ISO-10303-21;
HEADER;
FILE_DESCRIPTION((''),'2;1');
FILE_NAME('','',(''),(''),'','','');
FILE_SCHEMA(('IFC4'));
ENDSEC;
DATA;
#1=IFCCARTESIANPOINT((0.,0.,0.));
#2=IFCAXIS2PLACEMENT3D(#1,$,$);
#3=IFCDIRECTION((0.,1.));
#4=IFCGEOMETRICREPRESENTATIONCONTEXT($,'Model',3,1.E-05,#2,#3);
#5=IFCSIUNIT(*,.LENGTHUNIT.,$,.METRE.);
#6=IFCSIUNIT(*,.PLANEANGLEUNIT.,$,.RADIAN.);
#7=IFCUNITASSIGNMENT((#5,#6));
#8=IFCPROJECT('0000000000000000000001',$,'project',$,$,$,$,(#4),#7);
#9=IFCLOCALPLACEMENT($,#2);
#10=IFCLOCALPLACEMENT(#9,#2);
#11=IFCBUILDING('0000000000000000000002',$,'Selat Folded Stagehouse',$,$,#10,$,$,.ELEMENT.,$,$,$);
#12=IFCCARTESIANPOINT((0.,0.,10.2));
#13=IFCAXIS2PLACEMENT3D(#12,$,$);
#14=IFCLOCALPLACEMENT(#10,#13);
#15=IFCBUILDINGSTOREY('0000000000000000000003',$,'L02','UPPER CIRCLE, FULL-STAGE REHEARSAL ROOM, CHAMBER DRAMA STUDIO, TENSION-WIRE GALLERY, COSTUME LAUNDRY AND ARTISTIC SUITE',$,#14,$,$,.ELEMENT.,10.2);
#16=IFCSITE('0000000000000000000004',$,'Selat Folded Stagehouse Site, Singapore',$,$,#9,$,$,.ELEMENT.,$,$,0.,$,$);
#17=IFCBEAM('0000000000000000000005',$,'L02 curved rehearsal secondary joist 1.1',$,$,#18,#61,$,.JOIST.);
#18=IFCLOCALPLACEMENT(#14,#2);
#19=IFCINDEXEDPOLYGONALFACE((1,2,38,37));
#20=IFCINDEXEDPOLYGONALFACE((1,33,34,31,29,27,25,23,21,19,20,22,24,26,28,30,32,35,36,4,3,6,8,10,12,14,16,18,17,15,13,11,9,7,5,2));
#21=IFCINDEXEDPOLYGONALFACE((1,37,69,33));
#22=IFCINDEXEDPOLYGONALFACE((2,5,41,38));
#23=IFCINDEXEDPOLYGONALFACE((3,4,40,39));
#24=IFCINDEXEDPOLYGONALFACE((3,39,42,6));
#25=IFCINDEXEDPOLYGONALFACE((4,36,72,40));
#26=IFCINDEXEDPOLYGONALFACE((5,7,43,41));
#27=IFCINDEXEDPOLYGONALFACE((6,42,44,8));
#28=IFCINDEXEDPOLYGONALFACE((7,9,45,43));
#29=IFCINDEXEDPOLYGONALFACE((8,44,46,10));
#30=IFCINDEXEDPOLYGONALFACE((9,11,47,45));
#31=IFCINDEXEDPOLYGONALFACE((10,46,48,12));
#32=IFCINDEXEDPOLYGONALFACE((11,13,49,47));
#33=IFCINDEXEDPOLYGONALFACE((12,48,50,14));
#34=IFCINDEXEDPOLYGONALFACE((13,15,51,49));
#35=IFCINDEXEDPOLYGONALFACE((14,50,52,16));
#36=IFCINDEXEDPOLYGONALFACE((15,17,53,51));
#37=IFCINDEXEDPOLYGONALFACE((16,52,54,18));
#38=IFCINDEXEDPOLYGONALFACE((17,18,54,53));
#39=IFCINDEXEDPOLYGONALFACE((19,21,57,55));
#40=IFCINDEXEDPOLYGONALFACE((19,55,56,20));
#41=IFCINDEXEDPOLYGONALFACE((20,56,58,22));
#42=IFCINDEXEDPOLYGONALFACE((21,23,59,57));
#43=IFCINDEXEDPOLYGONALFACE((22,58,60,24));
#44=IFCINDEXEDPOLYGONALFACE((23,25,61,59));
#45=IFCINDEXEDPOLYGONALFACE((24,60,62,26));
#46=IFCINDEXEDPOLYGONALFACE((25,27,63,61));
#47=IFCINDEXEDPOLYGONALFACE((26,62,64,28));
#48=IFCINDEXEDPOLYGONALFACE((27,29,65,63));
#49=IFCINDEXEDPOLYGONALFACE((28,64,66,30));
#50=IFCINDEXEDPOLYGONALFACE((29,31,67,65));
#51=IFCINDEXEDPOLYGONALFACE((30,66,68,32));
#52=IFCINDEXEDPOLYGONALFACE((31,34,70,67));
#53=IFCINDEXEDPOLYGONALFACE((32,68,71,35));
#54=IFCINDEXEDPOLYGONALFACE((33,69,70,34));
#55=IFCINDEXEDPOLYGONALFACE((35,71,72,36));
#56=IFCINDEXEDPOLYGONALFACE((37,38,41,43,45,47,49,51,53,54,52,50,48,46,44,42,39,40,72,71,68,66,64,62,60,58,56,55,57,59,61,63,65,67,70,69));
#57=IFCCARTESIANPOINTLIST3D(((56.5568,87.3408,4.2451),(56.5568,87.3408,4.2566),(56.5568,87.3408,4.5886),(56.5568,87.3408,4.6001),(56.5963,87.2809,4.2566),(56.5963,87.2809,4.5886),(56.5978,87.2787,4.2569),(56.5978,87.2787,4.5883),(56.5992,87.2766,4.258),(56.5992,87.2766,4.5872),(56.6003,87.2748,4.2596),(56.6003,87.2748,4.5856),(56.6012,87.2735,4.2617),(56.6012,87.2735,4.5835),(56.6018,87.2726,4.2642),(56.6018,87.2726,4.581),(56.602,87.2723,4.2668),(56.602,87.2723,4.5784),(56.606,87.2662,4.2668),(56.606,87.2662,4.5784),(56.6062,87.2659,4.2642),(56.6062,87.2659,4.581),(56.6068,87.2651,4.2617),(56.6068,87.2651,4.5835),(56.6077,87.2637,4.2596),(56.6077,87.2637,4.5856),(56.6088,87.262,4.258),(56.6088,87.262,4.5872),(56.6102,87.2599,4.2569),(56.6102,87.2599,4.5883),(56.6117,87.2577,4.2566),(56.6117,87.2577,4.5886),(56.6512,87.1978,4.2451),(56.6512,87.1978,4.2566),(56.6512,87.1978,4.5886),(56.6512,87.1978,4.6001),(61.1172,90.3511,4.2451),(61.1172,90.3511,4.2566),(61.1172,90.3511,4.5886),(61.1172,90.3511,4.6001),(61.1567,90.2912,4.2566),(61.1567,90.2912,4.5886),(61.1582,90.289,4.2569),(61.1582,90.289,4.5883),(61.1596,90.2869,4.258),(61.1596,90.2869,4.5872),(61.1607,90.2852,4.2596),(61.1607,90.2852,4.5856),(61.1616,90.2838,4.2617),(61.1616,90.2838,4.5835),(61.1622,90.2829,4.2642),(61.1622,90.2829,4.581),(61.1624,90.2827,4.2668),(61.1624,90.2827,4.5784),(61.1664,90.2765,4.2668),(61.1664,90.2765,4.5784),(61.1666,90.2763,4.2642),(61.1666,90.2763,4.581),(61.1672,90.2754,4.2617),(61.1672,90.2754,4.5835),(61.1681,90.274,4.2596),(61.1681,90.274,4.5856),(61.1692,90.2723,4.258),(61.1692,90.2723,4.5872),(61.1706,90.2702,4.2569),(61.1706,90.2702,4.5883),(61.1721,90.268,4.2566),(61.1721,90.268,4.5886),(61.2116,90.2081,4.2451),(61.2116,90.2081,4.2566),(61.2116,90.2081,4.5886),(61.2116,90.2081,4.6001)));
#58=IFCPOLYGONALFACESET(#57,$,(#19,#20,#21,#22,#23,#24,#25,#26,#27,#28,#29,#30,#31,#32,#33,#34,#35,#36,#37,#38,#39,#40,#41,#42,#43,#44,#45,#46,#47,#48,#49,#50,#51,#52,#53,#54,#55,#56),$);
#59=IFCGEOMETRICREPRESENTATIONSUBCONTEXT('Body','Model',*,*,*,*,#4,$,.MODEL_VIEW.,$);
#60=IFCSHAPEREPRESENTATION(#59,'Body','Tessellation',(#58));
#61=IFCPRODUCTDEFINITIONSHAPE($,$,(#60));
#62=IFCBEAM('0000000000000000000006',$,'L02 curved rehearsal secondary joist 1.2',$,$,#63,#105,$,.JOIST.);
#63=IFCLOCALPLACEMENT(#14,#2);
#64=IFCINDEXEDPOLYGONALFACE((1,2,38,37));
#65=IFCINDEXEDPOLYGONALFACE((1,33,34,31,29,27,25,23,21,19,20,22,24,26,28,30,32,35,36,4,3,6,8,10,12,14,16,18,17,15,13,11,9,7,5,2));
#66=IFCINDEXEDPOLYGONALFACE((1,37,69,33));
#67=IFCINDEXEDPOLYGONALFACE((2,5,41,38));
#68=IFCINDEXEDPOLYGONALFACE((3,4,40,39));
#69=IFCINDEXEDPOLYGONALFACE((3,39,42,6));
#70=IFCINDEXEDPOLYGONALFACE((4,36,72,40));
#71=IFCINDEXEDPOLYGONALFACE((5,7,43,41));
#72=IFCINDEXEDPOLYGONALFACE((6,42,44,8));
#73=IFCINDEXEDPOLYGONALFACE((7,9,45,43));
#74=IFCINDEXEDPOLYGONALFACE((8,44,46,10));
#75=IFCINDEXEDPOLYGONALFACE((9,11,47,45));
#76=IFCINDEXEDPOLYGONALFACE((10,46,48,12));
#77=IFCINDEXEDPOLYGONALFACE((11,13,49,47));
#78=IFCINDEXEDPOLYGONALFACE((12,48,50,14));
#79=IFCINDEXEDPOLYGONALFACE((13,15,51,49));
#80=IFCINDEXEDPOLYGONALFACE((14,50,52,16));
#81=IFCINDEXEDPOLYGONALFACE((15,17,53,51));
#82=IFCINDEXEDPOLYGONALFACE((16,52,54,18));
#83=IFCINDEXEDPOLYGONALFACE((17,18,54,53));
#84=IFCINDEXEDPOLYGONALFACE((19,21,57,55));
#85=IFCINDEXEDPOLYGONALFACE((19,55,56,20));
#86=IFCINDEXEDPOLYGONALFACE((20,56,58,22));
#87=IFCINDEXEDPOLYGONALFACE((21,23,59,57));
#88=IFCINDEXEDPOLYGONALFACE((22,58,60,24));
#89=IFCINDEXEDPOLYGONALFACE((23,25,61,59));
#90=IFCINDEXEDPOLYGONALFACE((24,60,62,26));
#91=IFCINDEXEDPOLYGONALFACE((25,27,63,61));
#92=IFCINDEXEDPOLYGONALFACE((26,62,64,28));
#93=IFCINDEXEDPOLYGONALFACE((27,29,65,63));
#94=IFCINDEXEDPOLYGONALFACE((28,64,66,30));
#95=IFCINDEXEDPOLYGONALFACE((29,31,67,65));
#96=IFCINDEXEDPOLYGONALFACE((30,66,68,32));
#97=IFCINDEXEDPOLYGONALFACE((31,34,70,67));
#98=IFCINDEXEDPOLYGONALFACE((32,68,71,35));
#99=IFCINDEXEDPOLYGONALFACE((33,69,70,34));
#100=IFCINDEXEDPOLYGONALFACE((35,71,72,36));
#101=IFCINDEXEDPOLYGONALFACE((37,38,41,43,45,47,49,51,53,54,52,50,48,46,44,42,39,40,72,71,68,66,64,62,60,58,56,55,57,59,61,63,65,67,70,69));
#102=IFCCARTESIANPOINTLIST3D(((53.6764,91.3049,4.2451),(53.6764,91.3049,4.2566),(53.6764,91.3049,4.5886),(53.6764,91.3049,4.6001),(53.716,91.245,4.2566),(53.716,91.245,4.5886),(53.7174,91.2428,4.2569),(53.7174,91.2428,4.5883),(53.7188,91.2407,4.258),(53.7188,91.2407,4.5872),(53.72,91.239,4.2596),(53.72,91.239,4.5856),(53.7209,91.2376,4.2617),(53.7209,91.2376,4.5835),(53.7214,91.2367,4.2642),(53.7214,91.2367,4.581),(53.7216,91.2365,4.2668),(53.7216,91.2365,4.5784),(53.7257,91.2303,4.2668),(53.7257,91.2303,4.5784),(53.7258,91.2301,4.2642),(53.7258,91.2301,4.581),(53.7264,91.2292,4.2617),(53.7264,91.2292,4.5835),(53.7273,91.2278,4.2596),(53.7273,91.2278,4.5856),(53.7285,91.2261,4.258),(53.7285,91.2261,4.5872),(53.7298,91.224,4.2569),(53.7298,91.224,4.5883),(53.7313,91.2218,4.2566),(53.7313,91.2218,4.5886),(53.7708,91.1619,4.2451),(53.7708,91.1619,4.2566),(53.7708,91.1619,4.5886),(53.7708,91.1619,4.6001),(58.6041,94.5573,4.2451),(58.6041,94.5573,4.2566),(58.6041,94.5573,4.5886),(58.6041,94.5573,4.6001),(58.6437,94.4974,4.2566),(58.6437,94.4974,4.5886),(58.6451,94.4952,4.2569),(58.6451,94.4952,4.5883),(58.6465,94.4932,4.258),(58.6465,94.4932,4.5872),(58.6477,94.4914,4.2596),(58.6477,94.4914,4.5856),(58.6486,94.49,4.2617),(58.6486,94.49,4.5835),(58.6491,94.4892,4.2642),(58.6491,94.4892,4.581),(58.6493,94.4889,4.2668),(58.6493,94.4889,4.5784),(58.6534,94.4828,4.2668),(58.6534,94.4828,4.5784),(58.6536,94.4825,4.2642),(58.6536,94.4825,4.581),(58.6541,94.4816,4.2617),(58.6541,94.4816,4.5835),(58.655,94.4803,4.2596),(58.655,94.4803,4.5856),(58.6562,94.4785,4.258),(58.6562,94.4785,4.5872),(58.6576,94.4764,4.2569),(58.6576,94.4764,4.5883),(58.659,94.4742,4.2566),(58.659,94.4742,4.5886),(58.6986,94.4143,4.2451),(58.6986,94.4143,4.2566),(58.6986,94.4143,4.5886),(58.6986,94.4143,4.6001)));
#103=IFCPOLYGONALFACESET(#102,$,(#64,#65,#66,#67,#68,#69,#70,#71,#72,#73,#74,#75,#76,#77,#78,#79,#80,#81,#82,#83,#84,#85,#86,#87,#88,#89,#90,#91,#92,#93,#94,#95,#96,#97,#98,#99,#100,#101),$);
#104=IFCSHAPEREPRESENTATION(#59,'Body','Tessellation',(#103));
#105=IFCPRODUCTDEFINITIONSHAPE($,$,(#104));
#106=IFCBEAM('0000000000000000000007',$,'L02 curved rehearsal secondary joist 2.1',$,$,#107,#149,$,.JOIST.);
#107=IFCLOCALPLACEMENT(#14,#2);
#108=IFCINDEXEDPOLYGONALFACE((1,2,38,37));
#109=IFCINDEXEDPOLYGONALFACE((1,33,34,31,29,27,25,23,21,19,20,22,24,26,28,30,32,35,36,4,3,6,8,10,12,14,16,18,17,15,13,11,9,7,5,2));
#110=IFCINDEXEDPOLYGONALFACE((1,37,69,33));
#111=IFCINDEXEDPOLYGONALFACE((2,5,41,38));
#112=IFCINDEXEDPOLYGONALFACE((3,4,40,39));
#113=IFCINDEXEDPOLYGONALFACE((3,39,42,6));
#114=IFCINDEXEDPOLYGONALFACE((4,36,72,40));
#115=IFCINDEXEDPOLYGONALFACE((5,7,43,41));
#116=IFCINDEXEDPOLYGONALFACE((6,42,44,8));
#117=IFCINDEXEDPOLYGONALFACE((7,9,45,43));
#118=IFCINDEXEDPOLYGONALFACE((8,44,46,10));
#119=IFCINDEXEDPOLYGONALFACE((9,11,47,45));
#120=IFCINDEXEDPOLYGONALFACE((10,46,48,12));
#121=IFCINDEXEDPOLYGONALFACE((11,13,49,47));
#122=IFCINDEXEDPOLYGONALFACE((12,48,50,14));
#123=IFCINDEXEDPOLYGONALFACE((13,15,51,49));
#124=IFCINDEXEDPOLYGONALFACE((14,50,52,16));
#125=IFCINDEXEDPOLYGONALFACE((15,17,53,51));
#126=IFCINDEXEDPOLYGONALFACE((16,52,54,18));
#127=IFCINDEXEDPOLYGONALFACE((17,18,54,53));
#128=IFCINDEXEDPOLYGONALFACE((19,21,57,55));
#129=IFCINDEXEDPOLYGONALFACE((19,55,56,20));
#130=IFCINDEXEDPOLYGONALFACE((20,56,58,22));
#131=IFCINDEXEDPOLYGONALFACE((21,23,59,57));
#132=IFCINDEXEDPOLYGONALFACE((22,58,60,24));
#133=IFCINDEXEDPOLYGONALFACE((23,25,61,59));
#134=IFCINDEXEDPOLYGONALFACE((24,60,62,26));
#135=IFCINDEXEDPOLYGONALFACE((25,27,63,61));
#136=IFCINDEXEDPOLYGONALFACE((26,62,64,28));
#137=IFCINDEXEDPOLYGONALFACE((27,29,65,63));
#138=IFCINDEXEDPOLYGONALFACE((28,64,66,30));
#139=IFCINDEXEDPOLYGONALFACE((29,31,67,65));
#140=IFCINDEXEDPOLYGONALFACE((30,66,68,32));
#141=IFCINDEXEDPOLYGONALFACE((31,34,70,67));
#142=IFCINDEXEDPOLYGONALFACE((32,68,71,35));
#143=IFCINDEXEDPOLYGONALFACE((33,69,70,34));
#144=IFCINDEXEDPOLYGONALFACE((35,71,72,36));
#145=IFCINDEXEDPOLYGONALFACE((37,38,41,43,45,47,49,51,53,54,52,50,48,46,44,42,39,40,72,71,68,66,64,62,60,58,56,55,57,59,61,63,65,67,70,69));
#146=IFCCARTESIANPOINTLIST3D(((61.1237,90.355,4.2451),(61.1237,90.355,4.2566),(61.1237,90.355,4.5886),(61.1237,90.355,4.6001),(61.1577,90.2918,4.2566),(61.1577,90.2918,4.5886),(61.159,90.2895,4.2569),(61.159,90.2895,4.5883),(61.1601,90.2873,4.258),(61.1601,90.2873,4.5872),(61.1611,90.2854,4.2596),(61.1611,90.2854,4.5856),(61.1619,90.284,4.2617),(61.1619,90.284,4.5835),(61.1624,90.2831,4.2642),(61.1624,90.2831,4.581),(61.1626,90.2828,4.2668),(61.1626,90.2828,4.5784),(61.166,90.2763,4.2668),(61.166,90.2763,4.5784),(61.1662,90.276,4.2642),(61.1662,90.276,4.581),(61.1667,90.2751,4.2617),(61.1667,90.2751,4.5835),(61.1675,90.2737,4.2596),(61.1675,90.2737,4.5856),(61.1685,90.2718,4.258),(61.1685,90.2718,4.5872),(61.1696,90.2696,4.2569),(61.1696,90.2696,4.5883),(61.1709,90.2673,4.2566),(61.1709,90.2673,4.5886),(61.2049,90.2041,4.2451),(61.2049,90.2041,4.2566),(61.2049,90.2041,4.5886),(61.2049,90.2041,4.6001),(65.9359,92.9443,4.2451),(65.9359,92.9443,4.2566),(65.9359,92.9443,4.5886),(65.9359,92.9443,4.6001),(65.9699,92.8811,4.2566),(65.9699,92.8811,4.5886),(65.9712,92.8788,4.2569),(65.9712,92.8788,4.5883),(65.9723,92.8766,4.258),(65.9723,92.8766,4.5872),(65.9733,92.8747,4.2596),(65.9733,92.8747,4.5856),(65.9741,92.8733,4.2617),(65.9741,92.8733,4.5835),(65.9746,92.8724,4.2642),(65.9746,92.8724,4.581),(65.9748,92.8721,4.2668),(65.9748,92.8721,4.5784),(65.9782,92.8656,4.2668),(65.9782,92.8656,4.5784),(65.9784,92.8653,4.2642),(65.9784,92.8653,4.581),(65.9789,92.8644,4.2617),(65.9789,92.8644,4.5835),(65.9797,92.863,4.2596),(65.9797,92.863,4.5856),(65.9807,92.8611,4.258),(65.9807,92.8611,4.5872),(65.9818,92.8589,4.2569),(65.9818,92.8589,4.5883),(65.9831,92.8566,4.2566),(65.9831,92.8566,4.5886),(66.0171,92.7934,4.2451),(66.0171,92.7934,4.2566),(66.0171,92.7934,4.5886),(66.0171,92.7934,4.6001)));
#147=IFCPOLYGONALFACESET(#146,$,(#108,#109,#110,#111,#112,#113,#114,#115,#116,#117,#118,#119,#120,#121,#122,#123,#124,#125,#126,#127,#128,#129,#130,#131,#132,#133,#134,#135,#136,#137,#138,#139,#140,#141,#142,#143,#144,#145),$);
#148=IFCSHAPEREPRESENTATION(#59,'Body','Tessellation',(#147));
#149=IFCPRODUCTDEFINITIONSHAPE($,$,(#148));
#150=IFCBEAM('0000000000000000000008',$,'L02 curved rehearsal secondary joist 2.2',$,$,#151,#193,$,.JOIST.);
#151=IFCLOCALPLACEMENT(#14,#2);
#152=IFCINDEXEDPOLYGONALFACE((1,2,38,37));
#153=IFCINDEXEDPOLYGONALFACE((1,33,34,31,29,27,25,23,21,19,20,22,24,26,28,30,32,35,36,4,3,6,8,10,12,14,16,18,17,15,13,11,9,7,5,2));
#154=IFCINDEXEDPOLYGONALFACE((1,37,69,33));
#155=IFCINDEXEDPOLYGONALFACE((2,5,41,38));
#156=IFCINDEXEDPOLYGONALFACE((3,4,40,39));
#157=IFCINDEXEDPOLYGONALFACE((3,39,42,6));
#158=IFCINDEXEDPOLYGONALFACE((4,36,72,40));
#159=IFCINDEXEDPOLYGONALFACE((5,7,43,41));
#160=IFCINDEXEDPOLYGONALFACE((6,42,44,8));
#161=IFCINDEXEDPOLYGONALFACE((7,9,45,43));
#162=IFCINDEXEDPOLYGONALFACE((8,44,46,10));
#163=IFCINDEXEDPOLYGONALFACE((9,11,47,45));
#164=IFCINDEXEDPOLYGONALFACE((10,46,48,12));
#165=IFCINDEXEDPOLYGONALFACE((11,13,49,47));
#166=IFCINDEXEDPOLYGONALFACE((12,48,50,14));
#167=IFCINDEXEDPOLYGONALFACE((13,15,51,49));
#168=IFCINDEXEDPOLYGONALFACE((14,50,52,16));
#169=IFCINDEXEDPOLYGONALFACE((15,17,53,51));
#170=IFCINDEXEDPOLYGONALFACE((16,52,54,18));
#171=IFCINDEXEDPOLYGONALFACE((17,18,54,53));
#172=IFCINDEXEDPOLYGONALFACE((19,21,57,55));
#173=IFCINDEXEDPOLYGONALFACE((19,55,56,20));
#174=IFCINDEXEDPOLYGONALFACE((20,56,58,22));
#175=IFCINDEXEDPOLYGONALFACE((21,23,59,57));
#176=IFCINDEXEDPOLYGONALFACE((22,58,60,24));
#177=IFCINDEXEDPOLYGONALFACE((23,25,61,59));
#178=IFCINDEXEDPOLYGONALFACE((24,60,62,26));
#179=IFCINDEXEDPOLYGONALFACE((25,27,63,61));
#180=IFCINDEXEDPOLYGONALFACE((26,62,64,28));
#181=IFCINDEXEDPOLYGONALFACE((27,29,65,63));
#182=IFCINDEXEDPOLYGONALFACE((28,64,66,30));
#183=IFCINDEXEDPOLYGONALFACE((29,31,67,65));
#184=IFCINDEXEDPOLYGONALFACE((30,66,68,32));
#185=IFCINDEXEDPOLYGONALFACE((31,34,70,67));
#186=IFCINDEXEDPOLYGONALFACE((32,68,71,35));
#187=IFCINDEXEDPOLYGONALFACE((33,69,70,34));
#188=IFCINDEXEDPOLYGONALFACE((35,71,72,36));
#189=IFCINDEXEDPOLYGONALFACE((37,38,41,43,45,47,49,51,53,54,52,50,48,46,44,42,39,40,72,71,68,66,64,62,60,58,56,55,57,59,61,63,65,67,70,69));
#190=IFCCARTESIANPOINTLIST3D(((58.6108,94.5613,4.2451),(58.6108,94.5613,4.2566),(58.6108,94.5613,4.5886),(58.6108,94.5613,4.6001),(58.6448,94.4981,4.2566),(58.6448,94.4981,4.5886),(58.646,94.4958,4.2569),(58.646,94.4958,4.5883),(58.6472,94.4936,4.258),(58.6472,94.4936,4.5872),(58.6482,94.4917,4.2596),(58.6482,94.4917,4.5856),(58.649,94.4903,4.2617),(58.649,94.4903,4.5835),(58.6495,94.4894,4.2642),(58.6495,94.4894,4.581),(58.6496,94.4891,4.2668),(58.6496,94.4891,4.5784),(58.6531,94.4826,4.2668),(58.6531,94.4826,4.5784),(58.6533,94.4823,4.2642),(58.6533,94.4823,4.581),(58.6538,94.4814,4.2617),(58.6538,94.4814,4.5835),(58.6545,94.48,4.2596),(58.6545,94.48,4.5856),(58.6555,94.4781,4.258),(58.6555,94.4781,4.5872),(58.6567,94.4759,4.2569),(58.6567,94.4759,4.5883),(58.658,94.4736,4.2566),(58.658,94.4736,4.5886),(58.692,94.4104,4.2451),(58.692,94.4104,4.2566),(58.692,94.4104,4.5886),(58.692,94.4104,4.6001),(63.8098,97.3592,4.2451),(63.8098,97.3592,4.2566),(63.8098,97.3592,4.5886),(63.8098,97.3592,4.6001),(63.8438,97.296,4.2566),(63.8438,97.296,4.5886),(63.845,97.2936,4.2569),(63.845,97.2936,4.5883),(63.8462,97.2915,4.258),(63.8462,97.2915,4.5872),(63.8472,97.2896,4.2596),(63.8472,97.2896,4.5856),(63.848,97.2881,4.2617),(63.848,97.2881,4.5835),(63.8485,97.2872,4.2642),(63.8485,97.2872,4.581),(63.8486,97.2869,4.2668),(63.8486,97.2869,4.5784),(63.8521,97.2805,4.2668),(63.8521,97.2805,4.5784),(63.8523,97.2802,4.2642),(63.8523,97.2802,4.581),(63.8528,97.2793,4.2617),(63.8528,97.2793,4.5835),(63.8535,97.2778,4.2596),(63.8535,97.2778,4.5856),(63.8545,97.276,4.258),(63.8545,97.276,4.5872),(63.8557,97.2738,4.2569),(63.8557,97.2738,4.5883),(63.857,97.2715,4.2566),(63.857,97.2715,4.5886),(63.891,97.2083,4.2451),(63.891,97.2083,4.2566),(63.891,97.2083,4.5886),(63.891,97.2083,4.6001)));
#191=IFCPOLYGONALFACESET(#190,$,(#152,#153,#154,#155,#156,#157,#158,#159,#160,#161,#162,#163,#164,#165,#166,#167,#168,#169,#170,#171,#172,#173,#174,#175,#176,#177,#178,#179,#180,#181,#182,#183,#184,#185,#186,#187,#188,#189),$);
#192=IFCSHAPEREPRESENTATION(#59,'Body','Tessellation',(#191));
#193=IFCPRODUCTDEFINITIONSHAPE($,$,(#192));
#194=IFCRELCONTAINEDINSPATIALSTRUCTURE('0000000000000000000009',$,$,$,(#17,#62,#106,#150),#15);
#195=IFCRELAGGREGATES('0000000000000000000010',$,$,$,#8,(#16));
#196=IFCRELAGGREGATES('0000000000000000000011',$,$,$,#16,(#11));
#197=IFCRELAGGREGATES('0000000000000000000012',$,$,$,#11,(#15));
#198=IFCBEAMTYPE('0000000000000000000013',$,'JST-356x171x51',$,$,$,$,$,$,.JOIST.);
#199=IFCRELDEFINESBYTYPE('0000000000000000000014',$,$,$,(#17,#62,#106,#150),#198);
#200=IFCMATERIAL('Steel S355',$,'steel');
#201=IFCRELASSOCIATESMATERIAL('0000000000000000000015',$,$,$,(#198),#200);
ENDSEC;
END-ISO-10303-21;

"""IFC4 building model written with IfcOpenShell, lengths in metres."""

from ifc_helpers import new_model, si_unit, direction, frame, origin, origin_2d, place, context, subcontext, project, spatial, i_section, extrude, material, material_profile, profile_set, type_object, element, save


model = new_model("IFC4")

# Units and contexts
model_context = context("Model", 3, precision=1e-05, world=origin(), true_north=direction((0.0, 1.0)))
body_context = subcontext(model_context, "Body", "Model", "MODEL_VIEW")
ifc_project = project(units=[si_unit("LENGTHUNIT", "METRE"), si_unit("PLANEANGLEUNIT", "RADIAN")], contexts=[model_context])

# Site, building, storey
site_placement = place(None, origin())
site = spatial("IfcSite", under=ifc_project, at=site_placement, Name="Selat Folded Stagehouse Site, Singapore", CompositionType="ELEMENT", RefElevation=0.0)
building_placement = place(site_placement, origin())
building = spatial("IfcBuilding", under=site, at=building_placement, Name="Selat Folded Stagehouse", CompositionType="ELEMENT")
storey_placement = place(building_placement, frame((0.0, 0.0, 10.2)))
storey = spatial("IfcBuildingStorey", under=building, at=storey_placement, Name="L02", Description="UPPER CIRCLE, FULL-STAGE REHEARSAL ROOM, CHAMBER DRAMA STUDIO, TENSION-WIRE GALLERY, COSTUME LAUNDRY AND ARTISTIC SUITE", CompositionType="ELEMENT", Elevation=10.2)

# Shared definitions
ifc_material_1 = material(Name="Steel S355", Category="steel")

# Beams
ifc_material_profile_1 = material_profile(ifc_material_1, i_section(OverallWidth=0.1714, OverallDepth=0.355, WebThickness=0.0073, FlangeThickness=0.0115, FilletRadius=0.0103, at=origin_2d()), Name="UKB 356x171x51")
ifc_profile_set_1 = profile_set([ifc_material_profile_1], Name="Steel S355")
beam_type_1 = type_object("IfcBeamType", Name="JST-356x171x51", PredefinedType="JOIST", material=ifc_profile_set_1)
beam_1_placement = place(storey_placement, frame((56.604, 87.2693, 4.4226), z_axis=(0.834571, 0.5509, 0.0), x_axis=(-0.5509, 0.834571, 0.0)))
element("IfcBeam", 1, at=beam_1_placement, inside=storey, type_object=beam_type_1, Name="L02 curved rehearsal secondary joist 1.1", PredefinedType="JOIST", context=body_context, shape_type="SweptSolid", body=[
    extrude(i_section(OverallWidth=0.1714, OverallDepth=0.355, WebThickness=0.0073, FlangeThickness=0.0115, FilletRadius=0.0103, at=origin_2d()), origin(), (0.0, 0.0, 1.0), 5.4644),
])
beam_2_placement = place(storey_placement, frame((53.7236, 91.2334, 4.4226), z_axis=(0.834599, 0.550858, 0.0), x_axis=(-0.550858, 0.834599, 0.0)))
element("IfcBeam", 2, at=beam_2_placement, inside=storey, type_object=beam_type_1, Name="L02 curved rehearsal secondary joist 1.2", PredefinedType="JOIST", context=body_context, shape_type="SweptSolid", body=[
    extrude(i_section(OverallWidth=0.1714, OverallDepth=0.355, WebThickness=0.0073, FlangeThickness=0.0115, FilletRadius=0.0103, at=origin_2d()), origin(), (0.0, 0.0, 1.0), 5.9043),
])
beam_3_placement = place(storey_placement, frame((61.1643, 90.2795, 4.4226), z_axis=(0.880613, 0.473836, 0.0), x_axis=(-0.473836, 0.880613, 0.0)))
element("IfcBeam", 3, at=beam_3_placement, inside=storey, type_object=beam_type_1, Name="L02 curved rehearsal secondary joist 2.1", PredefinedType="JOIST", context=body_context, shape_type="SweptSolid", body=[
    extrude(i_section(OverallWidth=0.1714, OverallDepth=0.355, WebThickness=0.0073, FlangeThickness=0.0115, FilletRadius=0.0103, at=origin_2d()), origin(), (0.0, 0.0, 1.0), 5.4646),
])
beam_4_placement = place(storey_placement, frame((58.6514, 94.4858, 4.4226), z_axis=(0.880584, 0.47389, 0.0), x_axis=(-0.47389, 0.880584, 0.0)))
element("IfcBeam", 4, at=beam_4_placement, inside=storey, type_object=beam_type_1, Name="L02 curved rehearsal secondary joist 2.2", PredefinedType="JOIST", context=body_context, shape_type="SweptSolid", body=[
    extrude(i_section(OverallWidth=0.1714, OverallDepth=0.355, WebThickness=0.0073, FlangeThickness=0.0115, FilletRadius=0.0103, at=origin_2d()), origin(), (0.0, 0.0, 1.0), 5.9041),
])

save(model, "model.ifc")
